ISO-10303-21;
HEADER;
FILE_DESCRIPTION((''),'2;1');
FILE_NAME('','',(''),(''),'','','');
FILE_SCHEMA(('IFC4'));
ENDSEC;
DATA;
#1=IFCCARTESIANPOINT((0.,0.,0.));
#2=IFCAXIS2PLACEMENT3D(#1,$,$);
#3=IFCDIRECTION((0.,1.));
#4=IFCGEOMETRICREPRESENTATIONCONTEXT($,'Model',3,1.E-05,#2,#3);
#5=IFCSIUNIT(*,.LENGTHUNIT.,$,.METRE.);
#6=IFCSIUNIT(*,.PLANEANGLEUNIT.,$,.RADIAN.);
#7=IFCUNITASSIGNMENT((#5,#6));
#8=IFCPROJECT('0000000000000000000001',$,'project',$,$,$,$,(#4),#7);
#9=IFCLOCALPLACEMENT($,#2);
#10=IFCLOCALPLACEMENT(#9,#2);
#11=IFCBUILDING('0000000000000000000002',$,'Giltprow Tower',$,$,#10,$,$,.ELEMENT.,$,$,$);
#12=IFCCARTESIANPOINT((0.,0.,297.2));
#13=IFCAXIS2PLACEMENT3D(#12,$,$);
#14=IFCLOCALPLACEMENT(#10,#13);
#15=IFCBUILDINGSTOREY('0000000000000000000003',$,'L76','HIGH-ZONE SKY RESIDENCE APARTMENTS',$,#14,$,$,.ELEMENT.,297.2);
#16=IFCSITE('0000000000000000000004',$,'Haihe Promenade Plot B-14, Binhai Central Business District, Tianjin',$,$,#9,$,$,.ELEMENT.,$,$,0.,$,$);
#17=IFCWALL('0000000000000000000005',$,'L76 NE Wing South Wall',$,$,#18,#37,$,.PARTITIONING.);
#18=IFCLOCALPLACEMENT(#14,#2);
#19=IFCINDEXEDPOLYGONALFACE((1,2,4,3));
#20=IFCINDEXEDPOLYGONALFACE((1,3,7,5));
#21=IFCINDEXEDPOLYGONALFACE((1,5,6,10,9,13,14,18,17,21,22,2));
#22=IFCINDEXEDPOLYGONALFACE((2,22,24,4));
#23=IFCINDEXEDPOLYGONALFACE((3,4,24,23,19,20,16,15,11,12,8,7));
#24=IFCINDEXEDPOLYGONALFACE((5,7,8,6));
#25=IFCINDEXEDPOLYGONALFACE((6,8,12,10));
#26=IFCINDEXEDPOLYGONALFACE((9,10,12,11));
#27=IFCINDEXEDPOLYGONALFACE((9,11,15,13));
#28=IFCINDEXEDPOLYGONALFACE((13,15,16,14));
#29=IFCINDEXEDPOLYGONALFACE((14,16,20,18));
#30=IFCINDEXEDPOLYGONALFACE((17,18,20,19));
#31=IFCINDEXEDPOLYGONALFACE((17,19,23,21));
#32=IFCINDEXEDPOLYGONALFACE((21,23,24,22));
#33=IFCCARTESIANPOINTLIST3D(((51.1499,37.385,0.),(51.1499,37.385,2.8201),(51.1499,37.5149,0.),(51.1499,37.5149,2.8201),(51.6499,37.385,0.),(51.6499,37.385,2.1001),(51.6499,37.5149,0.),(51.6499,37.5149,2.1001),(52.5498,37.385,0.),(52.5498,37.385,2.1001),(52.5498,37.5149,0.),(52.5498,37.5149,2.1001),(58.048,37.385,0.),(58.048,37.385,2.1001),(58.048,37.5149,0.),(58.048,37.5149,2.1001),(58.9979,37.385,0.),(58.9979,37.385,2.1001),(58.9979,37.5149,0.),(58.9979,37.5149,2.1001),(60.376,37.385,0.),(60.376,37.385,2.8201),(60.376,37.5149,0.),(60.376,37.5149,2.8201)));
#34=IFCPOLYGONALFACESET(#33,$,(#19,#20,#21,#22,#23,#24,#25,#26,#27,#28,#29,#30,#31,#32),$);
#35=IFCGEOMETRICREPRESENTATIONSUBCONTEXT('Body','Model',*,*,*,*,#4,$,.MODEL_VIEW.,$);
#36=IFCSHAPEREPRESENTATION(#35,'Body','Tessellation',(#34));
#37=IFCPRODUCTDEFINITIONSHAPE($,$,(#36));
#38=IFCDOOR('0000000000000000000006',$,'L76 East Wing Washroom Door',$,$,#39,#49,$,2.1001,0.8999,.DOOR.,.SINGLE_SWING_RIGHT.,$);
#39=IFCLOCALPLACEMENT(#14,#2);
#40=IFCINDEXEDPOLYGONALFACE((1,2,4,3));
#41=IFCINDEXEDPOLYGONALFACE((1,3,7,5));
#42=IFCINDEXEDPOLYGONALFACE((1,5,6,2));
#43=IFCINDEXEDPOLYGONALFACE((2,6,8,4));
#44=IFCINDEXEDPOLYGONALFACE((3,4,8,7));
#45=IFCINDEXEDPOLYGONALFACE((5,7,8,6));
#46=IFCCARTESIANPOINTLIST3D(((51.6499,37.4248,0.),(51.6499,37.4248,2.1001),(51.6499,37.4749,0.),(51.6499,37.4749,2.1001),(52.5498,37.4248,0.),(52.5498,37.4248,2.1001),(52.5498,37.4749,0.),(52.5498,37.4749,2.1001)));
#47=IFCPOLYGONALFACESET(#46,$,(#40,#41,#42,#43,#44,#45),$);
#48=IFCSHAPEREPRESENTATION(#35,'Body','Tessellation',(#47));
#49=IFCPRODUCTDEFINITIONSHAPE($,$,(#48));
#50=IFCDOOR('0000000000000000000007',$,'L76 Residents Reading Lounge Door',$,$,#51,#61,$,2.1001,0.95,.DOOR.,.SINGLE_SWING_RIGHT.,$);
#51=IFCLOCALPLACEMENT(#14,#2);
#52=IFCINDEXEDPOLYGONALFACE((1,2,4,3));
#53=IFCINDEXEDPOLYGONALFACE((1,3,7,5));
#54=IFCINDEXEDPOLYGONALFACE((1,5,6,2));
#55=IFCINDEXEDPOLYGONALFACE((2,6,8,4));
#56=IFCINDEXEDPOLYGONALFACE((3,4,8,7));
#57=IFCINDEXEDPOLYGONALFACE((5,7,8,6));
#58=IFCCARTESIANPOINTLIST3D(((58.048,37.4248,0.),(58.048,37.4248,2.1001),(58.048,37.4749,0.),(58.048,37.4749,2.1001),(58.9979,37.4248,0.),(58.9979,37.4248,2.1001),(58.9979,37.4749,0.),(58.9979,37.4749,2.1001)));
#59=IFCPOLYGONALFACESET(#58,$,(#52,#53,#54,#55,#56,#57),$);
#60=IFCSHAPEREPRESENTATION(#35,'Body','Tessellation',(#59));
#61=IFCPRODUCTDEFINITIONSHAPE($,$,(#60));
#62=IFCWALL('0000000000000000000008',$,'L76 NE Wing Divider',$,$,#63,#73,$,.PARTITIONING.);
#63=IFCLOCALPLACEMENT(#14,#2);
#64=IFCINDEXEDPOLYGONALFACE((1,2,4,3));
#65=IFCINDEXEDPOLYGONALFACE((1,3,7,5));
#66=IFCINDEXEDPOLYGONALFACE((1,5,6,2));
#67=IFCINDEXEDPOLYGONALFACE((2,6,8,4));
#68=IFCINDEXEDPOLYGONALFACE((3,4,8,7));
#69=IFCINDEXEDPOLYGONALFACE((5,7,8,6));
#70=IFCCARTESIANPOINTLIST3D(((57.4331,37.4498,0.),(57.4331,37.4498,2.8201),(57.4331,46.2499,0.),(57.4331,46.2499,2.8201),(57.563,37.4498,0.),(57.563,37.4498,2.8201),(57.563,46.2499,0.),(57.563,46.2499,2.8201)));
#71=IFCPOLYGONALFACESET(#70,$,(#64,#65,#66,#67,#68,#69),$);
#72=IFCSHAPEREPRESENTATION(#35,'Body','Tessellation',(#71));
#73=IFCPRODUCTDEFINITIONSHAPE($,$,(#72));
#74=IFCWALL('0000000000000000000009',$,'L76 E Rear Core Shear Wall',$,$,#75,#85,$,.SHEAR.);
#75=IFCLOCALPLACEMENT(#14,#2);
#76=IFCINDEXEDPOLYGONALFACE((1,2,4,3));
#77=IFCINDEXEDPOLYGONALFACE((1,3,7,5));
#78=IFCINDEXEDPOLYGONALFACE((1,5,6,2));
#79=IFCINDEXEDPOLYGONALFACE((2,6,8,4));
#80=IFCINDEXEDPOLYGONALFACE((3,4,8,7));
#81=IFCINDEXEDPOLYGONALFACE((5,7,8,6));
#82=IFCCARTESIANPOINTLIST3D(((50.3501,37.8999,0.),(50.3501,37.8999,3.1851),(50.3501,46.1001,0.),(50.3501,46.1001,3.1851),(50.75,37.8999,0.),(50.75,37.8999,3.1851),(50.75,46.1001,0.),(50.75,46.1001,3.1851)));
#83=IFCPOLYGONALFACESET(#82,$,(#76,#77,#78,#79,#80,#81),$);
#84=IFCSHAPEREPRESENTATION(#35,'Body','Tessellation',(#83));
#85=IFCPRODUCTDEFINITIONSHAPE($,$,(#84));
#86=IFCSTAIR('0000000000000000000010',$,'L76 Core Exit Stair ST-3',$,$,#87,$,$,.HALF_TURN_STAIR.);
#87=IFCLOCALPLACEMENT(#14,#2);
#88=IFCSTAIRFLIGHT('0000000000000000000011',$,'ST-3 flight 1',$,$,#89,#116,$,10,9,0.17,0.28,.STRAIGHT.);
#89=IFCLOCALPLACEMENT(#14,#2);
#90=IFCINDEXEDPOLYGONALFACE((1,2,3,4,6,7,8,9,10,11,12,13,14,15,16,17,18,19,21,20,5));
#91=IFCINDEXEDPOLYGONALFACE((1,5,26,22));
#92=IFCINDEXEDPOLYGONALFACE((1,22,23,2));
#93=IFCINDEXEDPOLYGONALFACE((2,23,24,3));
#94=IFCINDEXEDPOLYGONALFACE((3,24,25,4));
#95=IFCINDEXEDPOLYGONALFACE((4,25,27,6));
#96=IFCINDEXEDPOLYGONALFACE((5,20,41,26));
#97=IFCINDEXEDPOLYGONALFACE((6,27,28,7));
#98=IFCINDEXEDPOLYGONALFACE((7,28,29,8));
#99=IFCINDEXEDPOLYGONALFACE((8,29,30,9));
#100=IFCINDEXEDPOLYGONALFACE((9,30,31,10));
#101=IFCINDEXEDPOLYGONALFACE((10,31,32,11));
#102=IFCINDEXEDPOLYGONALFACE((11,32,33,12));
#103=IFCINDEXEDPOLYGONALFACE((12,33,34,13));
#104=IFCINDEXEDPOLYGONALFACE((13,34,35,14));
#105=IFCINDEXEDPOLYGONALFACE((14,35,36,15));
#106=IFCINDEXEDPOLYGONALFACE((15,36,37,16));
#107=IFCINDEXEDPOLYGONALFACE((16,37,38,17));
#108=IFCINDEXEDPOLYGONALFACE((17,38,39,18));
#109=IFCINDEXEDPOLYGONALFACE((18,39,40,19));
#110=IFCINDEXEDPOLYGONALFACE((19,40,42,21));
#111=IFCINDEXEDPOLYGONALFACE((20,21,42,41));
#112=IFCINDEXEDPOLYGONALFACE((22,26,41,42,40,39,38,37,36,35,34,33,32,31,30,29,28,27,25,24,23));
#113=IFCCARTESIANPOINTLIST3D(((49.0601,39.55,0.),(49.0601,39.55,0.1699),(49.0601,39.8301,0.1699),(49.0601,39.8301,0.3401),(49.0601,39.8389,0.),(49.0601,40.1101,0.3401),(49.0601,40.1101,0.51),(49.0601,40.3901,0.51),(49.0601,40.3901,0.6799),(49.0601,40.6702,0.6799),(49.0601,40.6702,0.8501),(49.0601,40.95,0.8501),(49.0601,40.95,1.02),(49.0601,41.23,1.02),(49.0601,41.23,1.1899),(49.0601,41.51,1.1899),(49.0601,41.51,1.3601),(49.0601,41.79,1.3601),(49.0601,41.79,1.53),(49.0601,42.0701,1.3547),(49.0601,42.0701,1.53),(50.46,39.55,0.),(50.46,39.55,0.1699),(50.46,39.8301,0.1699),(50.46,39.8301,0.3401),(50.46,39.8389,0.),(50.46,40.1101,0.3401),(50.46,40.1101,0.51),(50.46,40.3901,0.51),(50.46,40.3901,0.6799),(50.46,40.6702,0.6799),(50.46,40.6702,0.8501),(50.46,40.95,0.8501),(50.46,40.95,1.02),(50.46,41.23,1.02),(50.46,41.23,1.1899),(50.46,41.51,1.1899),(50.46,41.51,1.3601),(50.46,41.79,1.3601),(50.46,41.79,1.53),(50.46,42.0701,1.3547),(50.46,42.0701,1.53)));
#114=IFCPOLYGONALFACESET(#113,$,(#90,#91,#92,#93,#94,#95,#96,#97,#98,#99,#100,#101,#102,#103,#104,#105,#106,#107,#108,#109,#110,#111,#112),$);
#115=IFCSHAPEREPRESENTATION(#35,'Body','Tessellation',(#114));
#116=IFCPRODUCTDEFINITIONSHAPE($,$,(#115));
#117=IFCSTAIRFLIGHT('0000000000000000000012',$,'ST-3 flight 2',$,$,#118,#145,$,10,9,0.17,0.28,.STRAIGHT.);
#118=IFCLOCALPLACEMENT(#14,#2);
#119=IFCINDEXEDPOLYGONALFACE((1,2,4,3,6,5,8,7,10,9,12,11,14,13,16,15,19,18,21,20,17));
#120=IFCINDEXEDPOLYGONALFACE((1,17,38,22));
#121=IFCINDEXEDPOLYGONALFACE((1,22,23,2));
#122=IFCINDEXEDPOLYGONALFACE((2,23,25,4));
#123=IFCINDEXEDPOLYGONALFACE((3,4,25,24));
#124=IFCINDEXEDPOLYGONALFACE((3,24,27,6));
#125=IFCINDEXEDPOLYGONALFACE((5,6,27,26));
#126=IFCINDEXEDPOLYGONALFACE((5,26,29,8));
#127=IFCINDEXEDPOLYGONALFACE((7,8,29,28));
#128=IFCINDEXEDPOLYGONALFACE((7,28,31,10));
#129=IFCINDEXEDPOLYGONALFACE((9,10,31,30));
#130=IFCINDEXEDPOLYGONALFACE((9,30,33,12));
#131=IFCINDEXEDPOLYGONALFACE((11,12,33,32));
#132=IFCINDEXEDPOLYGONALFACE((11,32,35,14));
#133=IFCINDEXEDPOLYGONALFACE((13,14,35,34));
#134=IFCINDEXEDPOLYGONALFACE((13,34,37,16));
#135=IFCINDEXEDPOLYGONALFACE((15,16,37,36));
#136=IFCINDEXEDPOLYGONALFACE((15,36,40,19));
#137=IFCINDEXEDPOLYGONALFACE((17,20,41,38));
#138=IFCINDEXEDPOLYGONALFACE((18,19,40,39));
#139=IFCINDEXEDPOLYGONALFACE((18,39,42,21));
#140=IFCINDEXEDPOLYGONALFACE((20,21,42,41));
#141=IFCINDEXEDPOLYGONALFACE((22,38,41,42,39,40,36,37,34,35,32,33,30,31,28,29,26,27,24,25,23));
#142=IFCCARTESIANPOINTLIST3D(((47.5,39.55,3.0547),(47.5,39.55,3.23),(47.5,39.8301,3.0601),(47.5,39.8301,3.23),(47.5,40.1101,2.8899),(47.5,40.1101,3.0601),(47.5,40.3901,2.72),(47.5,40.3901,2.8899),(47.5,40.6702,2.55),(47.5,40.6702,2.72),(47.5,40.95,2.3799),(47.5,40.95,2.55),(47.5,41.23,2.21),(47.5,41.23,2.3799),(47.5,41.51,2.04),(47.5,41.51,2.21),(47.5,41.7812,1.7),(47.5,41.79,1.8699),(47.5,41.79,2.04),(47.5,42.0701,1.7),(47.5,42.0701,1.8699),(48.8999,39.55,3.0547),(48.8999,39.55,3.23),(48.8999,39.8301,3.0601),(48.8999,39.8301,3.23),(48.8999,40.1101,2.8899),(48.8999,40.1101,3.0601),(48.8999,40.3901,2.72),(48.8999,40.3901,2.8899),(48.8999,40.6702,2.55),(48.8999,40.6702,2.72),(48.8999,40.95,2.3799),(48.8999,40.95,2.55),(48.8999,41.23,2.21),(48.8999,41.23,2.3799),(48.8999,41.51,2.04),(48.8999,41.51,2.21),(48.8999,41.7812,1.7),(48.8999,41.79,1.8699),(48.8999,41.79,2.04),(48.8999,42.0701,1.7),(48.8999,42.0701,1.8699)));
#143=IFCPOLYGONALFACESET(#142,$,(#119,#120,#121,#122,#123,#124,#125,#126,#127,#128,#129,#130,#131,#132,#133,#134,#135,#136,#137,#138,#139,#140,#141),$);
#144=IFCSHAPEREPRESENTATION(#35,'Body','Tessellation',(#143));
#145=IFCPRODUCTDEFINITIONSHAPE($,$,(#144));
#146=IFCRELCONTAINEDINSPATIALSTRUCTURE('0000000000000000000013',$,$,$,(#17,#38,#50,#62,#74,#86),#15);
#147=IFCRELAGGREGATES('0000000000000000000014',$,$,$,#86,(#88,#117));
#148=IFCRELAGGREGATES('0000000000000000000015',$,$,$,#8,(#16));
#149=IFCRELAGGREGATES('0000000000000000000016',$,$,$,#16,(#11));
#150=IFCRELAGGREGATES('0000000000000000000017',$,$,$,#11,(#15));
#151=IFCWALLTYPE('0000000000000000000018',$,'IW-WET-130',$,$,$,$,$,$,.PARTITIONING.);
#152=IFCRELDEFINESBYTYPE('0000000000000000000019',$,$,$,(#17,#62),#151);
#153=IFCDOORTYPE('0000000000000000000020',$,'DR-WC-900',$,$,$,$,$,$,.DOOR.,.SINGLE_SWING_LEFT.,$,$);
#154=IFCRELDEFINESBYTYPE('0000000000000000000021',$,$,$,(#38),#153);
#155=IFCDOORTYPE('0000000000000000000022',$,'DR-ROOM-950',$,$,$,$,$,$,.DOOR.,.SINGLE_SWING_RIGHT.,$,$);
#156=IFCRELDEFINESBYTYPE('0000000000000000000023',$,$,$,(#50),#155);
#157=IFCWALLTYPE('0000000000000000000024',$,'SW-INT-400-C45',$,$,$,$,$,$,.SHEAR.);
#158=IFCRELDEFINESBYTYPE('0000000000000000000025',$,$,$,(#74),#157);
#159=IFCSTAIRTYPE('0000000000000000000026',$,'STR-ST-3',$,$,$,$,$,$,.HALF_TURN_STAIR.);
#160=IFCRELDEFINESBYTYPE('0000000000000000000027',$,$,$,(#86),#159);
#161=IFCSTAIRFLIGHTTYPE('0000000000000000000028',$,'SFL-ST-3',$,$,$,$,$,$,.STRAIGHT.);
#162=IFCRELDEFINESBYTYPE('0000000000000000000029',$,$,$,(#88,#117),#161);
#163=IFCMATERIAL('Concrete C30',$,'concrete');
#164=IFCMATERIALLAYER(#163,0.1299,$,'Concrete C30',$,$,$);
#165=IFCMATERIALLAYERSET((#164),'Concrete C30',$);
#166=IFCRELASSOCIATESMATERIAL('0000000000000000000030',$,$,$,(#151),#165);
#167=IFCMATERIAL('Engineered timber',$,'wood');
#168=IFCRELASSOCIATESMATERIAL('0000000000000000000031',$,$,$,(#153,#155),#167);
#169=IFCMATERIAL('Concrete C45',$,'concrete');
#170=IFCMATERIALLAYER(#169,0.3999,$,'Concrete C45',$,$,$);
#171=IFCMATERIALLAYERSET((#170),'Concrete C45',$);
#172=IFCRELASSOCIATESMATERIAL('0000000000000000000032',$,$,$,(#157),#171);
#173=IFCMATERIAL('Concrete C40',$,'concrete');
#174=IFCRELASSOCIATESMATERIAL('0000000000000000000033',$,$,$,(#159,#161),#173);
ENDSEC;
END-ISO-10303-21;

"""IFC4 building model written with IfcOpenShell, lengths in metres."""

from ifc_helpers import new_model, si_unit, direction, frame, frame_2d, origin, place, context, subcontext, project, spatial, polyline, rectangle, outline, extrude, source, transform, mapped, material, layer, layer_set, type_object, element, fill, aggregate, save


model = new_model("IFC4")

# Units and contexts
model_context = context("Model", 3, precision=1e-05, world=origin(), true_north=direction((0.0, 1.0)))
body_context = subcontext(model_context, "Body", "Model", "MODEL_VIEW")
ifc_project = project(units=[si_unit("LENGTHUNIT", "METRE"), si_unit("PLANEANGLEUNIT", "RADIAN")], contexts=[model_context])

# Site, building, storey
site_placement = place(None, origin())
site = spatial("IfcSite", under=ifc_project, at=site_placement, Name="Haihe Promenade Plot B-14, Binhai Central Business District, Tianjin", CompositionType="ELEMENT", RefElevation=0.0)
building_placement = place(site_placement, origin())
building = spatial("IfcBuilding", under=site, at=building_placement, Name="Giltprow Tower", CompositionType="ELEMENT")
storey_placement = place(building_placement, frame((0.0, 0.0, 297.2)))
storey = spatial("IfcBuildingStorey", under=building, at=storey_placement, Name="L76", Description="HIGH-ZONE SKY RESIDENCE APARTMENTS", CompositionType="ELEMENT", Elevation=297.2)

# Shared definitions
ifc_material_1 = material(Name="Concrete C45", Category="concrete")

# Wall, openings, doors
ifc_material_2 = material(Name="Concrete C30", Category="concrete")
ifc_layer_1 = layer(ifc_material_2, 0.1299, Name="Concrete C30")
ifc_layer_set_1 = layer_set([ifc_layer_1], Name="Concrete C30")
wall_type_1 = type_object("IfcWallType", Name="IW-WET-130", PredefinedType="PARTITIONING", material=ifc_layer_set_1)
wall_1_placement = place(storey_placement, frame((51.1499, 37.45, 0.0), z_axis=(0.0, 0.0, 1.0), x_axis=(1.0, 0.0, 0.0)))
wall_1 = element("IfcWall", 1, at=wall_1_placement, inside=storey, type_object=wall_type_1, Name="L76 NE Wing South Wall", PredefinedType="PARTITIONING", context=body_context, shape_type="SweptSolid", body=[
    extrude(rectangle(XDim=9.2261, YDim=0.1299, at=frame_2d((4.613, 0.0))), origin(), (0.0, 0.0, 1.0), 2.8201),
])
opening_1_placement = place(wall_1_placement, frame((0.5, 0.0, 0.0)))
opening_1 = element("IfcOpeningElement", 2, at=opening_1_placement, cuts=wall_1, PredefinedType="OPENING", context=body_context, shape_type="SweptSolid", body=[
    extrude(rectangle(XDim=0.8999, YDim=2.1001, at=frame_2d((0.45, 1.05))), frame((0.0, 0.075, 0.0), z_axis=(0.0, -1.0, 0.0), x_axis=(1.0, 0.0, 0.0)), (0.0, 0.0, 1.0), 0.1499),
])
opening_2_placement = place(wall_1_placement, frame((6.8979, 0.0, 0.0)))
opening_2 = element("IfcOpeningElement", 3, at=opening_2_placement, cuts=wall_1, PredefinedType="OPENING", context=body_context, shape_type="SweptSolid", body=[
    extrude(rectangle(XDim=0.95, YDim=2.1001, at=frame_2d((0.4751, 1.05))), frame((0.0, 0.075, 0.0), z_axis=(0.0, -1.0, 0.0), x_axis=(1.0, 0.0, 0.0)), (0.0, 0.0, 1.0), 0.1499),
])
ifc_material_3 = material(Name="Engineered timber", Category="wood")
door_type_1 = type_object("IfcDoorType", Name="DR-WC-900", OperationType="SINGLE_SWING_LEFT", PredefinedType="DOOR", material=ifc_material_3)
shared_shape_1 = source(origin(), body_context, "Body", "SweptSolid", [
    extrude(rectangle(XDim=0.8999, YDim=2.1001, at=frame_2d((0.45, 1.05))), frame((0.0, 0.0249, 0.0), z_axis=(0.0, -1.0, 0.0), x_axis=(1.0, 0.0, 0.0)), (0.0, 0.0, 1.0), 0.05),
])
door_1_placement = place(opening_1_placement, origin())
door_1 = element("IfcDoor", 4, at=door_1_placement, inside=storey, type_object=door_type_1, Name="L76 East Wing Washroom Door", OperationType="SINGLE_SWING_RIGHT", OverallHeight=2.1001, OverallWidth=0.8999, PredefinedType="DOOR", context=body_context, shape_type="MappedRepresentation", body=[
    mapped(shared_shape_1, transform((0.0, 0.0, 0.0), x_axis=(1.0, 0.0, 0.0), y_axis=(0.0, 1.0, 0.0), z_axis=(0.0, 0.0, 1.0), scale=1.0)),
])
fill(opening_1, door_1)
door_type_2 = type_object("IfcDoorType", Name="DR-ROOM-950", OperationType="SINGLE_SWING_RIGHT", PredefinedType="DOOR", material=ifc_material_3)
shared_shape_2 = source(origin(), body_context, "Body", "SweptSolid", [
    extrude(rectangle(XDim=0.95, YDim=2.1001, at=frame_2d((0.4751, 1.05))), frame((0.0, 0.0249, 0.0), z_axis=(0.0, -1.0, 0.0), x_axis=(1.0, 0.0, 0.0)), (0.0, 0.0, 1.0), 0.05),
])
door_2_placement = place(opening_2_placement, origin())
door_2 = element("IfcDoor", 5, at=door_2_placement, inside=storey, type_object=door_type_2, Name="L76 Residents Reading Lounge Door", OperationType="SINGLE_SWING_RIGHT", OverallHeight=2.1001, OverallWidth=0.95, PredefinedType="DOOR", context=body_context, shape_type="MappedRepresentation", body=[
    mapped(shared_shape_2, transform((0.0, 0.0, 0.0), x_axis=(1.0, 0.0, 0.0), y_axis=(0.0, 1.0, 0.0), z_axis=(0.0, 0.0, 1.0), scale=1.0)),
])
fill(opening_2, door_2)

# Walls
wall_2_placement = place(storey_placement, frame((57.498, 37.45, 0.0), z_axis=(0.0, 0.0, 1.0), x_axis=(0.0, 1.0, 0.0)))
element("IfcWall", 6, at=wall_2_placement, inside=storey, type_object=wall_type_1, Name="L76 NE Wing Divider", PredefinedType="PARTITIONING", context=body_context, shape_type="SweptSolid", body=[
    extrude(rectangle(XDim=8.8, YDim=0.1299, at=frame_2d((4.3999, 0.0))), origin(), (0.0, 0.0, 1.0), 2.8201),
])
ifc_layer_2 = layer(ifc_material_1, 0.3999, Name="Concrete C45")
ifc_layer_set_2 = layer_set([ifc_layer_2], Name="Concrete C45")
wall_type_2 = type_object("IfcWallType", Name="SW-INT-400-C45", PredefinedType="SHEAR", material=ifc_layer_set_2)
wall_3_placement = place(storey_placement, frame((50.55, 37.8999, 0.0), z_axis=(0.0, 0.0, 1.0), x_axis=(0.0, 1.0, 0.0)))
element("IfcWall", 7, at=wall_3_placement, inside=storey, type_object=wall_type_2, Name="L76 E Rear Core Shear Wall", PredefinedType="SHEAR", context=body_context, shape_type="SweptSolid", body=[
    extrude(rectangle(XDim=8.2002, YDim=0.3999, at=frame_2d((4.1001, 0.0))), origin(), (0.0, 0.0, 1.0), 3.1851),
])

# Stair, stair flights
ifc_material_4 = material(Name="Concrete C40", Category="concrete")
stair_type = type_object("IfcStairType", Name="STR-ST-3", PredefinedType="HALF_TURN_STAIR", material=ifc_material_4)
stair_placement = place(storey_placement, origin())
stair = element("IfcStair", 8, at=stair_placement, inside=storey, type_object=stair_type, Name="L76 Core Exit Stair ST-3", PredefinedType="HALF_TURN_STAIR")
stair_flight_type = type_object("IfcStairFlightType", Name="SFL-ST-3", PredefinedType="STRAIGHT", material=ifc_material_4)
stair_flight_1_placement = place(storey_placement, frame((49.76, 39.55, 0.0), z_axis=(0.0, 0.0, 1.0), x_axis=(0.0, 1.0, 0.0)))
stair_flight_1 = element("IfcStairFlight", 9, at=stair_flight_1_placement, type_object=stair_flight_type, Name="ST-3 flight 1", NumberOfRisers=10, NumberOfTreads=9, PredefinedType="STRAIGHT", RiserHeight=0.17, TreadLength=0.28, context=body_context, shape_type="SweptSolid", body=[
    extrude(outline(polyline([(0.0, 0.0), (0.0, 0.1699), (0.28, 0.1699), (0.28, 0.3401), (0.5601, 0.3401), (0.5601, 0.51), (0.8401, 0.51), (0.8401, 0.6799), (1.1201, 0.6799), (1.1201, 0.8501), (1.3999, 0.8501), (1.3999, 1.02), (1.6799, 1.02), (1.6799, 1.1899), (1.96, 1.1899), (1.96, 1.3601), (2.24, 1.3601), (2.24, 1.53), (2.52, 1.53), (2.52, 1.7), (2.52, 1.3547), (0.2888, 0.0), (0.0, 0.0)])), frame((0.0, 0.7, 0.0), z_axis=(0.0, -1.0, 0.0), x_axis=(1.0, 0.0, 0.0)), (0.0, 0.0, 1.0), 1.3999),
])
stair_flight_2_placement = place(storey_placement, frame((48.2, 42.0701, 1.7), z_axis=(0.0, 0.0, 1.0), x_axis=(0.0, -1.0, 0.0)))
stair_flight_2 = element("IfcStairFlight", 10, at=stair_flight_2_placement, type_object=stair_flight_type, Name="ST-3 flight 2", NumberOfRisers=10, NumberOfTreads=9, PredefinedType="STRAIGHT", RiserHeight=0.17, TreadLength=0.28, context=body_context, shape_type="SweptSolid", body=[
    extrude(outline(polyline([(0.0, 0.0), (0.0, 0.1699), (0.28, 0.1699), (0.28, 0.3401), (0.5601, 0.3401), (0.5601, 0.51), (0.8401, 0.51), (0.8401, 0.6799), (1.1201, 0.6799), (1.1201, 0.8501), (1.3999, 0.8501), (1.3999, 1.02), (1.6799, 1.02), (1.6799, 1.1899), (1.96, 1.1899), (1.96, 1.3601), (2.24, 1.3601), (2.24, 1.53), (2.52, 1.53), (2.52, 1.7), (2.52, 1.3547), (0.2888, 0.0), (0.0, 0.0)])), frame((0.0, 0.7, 0.0), z_axis=(0.0, -1.0, 0.0), x_axis=(1.0, 0.0, 0.0)), (0.0, 0.0, 1.0), 1.3999),
])
aggregate(stair, [stair_flight_1, stair_flight_2])

save(model, "model.ifc")
